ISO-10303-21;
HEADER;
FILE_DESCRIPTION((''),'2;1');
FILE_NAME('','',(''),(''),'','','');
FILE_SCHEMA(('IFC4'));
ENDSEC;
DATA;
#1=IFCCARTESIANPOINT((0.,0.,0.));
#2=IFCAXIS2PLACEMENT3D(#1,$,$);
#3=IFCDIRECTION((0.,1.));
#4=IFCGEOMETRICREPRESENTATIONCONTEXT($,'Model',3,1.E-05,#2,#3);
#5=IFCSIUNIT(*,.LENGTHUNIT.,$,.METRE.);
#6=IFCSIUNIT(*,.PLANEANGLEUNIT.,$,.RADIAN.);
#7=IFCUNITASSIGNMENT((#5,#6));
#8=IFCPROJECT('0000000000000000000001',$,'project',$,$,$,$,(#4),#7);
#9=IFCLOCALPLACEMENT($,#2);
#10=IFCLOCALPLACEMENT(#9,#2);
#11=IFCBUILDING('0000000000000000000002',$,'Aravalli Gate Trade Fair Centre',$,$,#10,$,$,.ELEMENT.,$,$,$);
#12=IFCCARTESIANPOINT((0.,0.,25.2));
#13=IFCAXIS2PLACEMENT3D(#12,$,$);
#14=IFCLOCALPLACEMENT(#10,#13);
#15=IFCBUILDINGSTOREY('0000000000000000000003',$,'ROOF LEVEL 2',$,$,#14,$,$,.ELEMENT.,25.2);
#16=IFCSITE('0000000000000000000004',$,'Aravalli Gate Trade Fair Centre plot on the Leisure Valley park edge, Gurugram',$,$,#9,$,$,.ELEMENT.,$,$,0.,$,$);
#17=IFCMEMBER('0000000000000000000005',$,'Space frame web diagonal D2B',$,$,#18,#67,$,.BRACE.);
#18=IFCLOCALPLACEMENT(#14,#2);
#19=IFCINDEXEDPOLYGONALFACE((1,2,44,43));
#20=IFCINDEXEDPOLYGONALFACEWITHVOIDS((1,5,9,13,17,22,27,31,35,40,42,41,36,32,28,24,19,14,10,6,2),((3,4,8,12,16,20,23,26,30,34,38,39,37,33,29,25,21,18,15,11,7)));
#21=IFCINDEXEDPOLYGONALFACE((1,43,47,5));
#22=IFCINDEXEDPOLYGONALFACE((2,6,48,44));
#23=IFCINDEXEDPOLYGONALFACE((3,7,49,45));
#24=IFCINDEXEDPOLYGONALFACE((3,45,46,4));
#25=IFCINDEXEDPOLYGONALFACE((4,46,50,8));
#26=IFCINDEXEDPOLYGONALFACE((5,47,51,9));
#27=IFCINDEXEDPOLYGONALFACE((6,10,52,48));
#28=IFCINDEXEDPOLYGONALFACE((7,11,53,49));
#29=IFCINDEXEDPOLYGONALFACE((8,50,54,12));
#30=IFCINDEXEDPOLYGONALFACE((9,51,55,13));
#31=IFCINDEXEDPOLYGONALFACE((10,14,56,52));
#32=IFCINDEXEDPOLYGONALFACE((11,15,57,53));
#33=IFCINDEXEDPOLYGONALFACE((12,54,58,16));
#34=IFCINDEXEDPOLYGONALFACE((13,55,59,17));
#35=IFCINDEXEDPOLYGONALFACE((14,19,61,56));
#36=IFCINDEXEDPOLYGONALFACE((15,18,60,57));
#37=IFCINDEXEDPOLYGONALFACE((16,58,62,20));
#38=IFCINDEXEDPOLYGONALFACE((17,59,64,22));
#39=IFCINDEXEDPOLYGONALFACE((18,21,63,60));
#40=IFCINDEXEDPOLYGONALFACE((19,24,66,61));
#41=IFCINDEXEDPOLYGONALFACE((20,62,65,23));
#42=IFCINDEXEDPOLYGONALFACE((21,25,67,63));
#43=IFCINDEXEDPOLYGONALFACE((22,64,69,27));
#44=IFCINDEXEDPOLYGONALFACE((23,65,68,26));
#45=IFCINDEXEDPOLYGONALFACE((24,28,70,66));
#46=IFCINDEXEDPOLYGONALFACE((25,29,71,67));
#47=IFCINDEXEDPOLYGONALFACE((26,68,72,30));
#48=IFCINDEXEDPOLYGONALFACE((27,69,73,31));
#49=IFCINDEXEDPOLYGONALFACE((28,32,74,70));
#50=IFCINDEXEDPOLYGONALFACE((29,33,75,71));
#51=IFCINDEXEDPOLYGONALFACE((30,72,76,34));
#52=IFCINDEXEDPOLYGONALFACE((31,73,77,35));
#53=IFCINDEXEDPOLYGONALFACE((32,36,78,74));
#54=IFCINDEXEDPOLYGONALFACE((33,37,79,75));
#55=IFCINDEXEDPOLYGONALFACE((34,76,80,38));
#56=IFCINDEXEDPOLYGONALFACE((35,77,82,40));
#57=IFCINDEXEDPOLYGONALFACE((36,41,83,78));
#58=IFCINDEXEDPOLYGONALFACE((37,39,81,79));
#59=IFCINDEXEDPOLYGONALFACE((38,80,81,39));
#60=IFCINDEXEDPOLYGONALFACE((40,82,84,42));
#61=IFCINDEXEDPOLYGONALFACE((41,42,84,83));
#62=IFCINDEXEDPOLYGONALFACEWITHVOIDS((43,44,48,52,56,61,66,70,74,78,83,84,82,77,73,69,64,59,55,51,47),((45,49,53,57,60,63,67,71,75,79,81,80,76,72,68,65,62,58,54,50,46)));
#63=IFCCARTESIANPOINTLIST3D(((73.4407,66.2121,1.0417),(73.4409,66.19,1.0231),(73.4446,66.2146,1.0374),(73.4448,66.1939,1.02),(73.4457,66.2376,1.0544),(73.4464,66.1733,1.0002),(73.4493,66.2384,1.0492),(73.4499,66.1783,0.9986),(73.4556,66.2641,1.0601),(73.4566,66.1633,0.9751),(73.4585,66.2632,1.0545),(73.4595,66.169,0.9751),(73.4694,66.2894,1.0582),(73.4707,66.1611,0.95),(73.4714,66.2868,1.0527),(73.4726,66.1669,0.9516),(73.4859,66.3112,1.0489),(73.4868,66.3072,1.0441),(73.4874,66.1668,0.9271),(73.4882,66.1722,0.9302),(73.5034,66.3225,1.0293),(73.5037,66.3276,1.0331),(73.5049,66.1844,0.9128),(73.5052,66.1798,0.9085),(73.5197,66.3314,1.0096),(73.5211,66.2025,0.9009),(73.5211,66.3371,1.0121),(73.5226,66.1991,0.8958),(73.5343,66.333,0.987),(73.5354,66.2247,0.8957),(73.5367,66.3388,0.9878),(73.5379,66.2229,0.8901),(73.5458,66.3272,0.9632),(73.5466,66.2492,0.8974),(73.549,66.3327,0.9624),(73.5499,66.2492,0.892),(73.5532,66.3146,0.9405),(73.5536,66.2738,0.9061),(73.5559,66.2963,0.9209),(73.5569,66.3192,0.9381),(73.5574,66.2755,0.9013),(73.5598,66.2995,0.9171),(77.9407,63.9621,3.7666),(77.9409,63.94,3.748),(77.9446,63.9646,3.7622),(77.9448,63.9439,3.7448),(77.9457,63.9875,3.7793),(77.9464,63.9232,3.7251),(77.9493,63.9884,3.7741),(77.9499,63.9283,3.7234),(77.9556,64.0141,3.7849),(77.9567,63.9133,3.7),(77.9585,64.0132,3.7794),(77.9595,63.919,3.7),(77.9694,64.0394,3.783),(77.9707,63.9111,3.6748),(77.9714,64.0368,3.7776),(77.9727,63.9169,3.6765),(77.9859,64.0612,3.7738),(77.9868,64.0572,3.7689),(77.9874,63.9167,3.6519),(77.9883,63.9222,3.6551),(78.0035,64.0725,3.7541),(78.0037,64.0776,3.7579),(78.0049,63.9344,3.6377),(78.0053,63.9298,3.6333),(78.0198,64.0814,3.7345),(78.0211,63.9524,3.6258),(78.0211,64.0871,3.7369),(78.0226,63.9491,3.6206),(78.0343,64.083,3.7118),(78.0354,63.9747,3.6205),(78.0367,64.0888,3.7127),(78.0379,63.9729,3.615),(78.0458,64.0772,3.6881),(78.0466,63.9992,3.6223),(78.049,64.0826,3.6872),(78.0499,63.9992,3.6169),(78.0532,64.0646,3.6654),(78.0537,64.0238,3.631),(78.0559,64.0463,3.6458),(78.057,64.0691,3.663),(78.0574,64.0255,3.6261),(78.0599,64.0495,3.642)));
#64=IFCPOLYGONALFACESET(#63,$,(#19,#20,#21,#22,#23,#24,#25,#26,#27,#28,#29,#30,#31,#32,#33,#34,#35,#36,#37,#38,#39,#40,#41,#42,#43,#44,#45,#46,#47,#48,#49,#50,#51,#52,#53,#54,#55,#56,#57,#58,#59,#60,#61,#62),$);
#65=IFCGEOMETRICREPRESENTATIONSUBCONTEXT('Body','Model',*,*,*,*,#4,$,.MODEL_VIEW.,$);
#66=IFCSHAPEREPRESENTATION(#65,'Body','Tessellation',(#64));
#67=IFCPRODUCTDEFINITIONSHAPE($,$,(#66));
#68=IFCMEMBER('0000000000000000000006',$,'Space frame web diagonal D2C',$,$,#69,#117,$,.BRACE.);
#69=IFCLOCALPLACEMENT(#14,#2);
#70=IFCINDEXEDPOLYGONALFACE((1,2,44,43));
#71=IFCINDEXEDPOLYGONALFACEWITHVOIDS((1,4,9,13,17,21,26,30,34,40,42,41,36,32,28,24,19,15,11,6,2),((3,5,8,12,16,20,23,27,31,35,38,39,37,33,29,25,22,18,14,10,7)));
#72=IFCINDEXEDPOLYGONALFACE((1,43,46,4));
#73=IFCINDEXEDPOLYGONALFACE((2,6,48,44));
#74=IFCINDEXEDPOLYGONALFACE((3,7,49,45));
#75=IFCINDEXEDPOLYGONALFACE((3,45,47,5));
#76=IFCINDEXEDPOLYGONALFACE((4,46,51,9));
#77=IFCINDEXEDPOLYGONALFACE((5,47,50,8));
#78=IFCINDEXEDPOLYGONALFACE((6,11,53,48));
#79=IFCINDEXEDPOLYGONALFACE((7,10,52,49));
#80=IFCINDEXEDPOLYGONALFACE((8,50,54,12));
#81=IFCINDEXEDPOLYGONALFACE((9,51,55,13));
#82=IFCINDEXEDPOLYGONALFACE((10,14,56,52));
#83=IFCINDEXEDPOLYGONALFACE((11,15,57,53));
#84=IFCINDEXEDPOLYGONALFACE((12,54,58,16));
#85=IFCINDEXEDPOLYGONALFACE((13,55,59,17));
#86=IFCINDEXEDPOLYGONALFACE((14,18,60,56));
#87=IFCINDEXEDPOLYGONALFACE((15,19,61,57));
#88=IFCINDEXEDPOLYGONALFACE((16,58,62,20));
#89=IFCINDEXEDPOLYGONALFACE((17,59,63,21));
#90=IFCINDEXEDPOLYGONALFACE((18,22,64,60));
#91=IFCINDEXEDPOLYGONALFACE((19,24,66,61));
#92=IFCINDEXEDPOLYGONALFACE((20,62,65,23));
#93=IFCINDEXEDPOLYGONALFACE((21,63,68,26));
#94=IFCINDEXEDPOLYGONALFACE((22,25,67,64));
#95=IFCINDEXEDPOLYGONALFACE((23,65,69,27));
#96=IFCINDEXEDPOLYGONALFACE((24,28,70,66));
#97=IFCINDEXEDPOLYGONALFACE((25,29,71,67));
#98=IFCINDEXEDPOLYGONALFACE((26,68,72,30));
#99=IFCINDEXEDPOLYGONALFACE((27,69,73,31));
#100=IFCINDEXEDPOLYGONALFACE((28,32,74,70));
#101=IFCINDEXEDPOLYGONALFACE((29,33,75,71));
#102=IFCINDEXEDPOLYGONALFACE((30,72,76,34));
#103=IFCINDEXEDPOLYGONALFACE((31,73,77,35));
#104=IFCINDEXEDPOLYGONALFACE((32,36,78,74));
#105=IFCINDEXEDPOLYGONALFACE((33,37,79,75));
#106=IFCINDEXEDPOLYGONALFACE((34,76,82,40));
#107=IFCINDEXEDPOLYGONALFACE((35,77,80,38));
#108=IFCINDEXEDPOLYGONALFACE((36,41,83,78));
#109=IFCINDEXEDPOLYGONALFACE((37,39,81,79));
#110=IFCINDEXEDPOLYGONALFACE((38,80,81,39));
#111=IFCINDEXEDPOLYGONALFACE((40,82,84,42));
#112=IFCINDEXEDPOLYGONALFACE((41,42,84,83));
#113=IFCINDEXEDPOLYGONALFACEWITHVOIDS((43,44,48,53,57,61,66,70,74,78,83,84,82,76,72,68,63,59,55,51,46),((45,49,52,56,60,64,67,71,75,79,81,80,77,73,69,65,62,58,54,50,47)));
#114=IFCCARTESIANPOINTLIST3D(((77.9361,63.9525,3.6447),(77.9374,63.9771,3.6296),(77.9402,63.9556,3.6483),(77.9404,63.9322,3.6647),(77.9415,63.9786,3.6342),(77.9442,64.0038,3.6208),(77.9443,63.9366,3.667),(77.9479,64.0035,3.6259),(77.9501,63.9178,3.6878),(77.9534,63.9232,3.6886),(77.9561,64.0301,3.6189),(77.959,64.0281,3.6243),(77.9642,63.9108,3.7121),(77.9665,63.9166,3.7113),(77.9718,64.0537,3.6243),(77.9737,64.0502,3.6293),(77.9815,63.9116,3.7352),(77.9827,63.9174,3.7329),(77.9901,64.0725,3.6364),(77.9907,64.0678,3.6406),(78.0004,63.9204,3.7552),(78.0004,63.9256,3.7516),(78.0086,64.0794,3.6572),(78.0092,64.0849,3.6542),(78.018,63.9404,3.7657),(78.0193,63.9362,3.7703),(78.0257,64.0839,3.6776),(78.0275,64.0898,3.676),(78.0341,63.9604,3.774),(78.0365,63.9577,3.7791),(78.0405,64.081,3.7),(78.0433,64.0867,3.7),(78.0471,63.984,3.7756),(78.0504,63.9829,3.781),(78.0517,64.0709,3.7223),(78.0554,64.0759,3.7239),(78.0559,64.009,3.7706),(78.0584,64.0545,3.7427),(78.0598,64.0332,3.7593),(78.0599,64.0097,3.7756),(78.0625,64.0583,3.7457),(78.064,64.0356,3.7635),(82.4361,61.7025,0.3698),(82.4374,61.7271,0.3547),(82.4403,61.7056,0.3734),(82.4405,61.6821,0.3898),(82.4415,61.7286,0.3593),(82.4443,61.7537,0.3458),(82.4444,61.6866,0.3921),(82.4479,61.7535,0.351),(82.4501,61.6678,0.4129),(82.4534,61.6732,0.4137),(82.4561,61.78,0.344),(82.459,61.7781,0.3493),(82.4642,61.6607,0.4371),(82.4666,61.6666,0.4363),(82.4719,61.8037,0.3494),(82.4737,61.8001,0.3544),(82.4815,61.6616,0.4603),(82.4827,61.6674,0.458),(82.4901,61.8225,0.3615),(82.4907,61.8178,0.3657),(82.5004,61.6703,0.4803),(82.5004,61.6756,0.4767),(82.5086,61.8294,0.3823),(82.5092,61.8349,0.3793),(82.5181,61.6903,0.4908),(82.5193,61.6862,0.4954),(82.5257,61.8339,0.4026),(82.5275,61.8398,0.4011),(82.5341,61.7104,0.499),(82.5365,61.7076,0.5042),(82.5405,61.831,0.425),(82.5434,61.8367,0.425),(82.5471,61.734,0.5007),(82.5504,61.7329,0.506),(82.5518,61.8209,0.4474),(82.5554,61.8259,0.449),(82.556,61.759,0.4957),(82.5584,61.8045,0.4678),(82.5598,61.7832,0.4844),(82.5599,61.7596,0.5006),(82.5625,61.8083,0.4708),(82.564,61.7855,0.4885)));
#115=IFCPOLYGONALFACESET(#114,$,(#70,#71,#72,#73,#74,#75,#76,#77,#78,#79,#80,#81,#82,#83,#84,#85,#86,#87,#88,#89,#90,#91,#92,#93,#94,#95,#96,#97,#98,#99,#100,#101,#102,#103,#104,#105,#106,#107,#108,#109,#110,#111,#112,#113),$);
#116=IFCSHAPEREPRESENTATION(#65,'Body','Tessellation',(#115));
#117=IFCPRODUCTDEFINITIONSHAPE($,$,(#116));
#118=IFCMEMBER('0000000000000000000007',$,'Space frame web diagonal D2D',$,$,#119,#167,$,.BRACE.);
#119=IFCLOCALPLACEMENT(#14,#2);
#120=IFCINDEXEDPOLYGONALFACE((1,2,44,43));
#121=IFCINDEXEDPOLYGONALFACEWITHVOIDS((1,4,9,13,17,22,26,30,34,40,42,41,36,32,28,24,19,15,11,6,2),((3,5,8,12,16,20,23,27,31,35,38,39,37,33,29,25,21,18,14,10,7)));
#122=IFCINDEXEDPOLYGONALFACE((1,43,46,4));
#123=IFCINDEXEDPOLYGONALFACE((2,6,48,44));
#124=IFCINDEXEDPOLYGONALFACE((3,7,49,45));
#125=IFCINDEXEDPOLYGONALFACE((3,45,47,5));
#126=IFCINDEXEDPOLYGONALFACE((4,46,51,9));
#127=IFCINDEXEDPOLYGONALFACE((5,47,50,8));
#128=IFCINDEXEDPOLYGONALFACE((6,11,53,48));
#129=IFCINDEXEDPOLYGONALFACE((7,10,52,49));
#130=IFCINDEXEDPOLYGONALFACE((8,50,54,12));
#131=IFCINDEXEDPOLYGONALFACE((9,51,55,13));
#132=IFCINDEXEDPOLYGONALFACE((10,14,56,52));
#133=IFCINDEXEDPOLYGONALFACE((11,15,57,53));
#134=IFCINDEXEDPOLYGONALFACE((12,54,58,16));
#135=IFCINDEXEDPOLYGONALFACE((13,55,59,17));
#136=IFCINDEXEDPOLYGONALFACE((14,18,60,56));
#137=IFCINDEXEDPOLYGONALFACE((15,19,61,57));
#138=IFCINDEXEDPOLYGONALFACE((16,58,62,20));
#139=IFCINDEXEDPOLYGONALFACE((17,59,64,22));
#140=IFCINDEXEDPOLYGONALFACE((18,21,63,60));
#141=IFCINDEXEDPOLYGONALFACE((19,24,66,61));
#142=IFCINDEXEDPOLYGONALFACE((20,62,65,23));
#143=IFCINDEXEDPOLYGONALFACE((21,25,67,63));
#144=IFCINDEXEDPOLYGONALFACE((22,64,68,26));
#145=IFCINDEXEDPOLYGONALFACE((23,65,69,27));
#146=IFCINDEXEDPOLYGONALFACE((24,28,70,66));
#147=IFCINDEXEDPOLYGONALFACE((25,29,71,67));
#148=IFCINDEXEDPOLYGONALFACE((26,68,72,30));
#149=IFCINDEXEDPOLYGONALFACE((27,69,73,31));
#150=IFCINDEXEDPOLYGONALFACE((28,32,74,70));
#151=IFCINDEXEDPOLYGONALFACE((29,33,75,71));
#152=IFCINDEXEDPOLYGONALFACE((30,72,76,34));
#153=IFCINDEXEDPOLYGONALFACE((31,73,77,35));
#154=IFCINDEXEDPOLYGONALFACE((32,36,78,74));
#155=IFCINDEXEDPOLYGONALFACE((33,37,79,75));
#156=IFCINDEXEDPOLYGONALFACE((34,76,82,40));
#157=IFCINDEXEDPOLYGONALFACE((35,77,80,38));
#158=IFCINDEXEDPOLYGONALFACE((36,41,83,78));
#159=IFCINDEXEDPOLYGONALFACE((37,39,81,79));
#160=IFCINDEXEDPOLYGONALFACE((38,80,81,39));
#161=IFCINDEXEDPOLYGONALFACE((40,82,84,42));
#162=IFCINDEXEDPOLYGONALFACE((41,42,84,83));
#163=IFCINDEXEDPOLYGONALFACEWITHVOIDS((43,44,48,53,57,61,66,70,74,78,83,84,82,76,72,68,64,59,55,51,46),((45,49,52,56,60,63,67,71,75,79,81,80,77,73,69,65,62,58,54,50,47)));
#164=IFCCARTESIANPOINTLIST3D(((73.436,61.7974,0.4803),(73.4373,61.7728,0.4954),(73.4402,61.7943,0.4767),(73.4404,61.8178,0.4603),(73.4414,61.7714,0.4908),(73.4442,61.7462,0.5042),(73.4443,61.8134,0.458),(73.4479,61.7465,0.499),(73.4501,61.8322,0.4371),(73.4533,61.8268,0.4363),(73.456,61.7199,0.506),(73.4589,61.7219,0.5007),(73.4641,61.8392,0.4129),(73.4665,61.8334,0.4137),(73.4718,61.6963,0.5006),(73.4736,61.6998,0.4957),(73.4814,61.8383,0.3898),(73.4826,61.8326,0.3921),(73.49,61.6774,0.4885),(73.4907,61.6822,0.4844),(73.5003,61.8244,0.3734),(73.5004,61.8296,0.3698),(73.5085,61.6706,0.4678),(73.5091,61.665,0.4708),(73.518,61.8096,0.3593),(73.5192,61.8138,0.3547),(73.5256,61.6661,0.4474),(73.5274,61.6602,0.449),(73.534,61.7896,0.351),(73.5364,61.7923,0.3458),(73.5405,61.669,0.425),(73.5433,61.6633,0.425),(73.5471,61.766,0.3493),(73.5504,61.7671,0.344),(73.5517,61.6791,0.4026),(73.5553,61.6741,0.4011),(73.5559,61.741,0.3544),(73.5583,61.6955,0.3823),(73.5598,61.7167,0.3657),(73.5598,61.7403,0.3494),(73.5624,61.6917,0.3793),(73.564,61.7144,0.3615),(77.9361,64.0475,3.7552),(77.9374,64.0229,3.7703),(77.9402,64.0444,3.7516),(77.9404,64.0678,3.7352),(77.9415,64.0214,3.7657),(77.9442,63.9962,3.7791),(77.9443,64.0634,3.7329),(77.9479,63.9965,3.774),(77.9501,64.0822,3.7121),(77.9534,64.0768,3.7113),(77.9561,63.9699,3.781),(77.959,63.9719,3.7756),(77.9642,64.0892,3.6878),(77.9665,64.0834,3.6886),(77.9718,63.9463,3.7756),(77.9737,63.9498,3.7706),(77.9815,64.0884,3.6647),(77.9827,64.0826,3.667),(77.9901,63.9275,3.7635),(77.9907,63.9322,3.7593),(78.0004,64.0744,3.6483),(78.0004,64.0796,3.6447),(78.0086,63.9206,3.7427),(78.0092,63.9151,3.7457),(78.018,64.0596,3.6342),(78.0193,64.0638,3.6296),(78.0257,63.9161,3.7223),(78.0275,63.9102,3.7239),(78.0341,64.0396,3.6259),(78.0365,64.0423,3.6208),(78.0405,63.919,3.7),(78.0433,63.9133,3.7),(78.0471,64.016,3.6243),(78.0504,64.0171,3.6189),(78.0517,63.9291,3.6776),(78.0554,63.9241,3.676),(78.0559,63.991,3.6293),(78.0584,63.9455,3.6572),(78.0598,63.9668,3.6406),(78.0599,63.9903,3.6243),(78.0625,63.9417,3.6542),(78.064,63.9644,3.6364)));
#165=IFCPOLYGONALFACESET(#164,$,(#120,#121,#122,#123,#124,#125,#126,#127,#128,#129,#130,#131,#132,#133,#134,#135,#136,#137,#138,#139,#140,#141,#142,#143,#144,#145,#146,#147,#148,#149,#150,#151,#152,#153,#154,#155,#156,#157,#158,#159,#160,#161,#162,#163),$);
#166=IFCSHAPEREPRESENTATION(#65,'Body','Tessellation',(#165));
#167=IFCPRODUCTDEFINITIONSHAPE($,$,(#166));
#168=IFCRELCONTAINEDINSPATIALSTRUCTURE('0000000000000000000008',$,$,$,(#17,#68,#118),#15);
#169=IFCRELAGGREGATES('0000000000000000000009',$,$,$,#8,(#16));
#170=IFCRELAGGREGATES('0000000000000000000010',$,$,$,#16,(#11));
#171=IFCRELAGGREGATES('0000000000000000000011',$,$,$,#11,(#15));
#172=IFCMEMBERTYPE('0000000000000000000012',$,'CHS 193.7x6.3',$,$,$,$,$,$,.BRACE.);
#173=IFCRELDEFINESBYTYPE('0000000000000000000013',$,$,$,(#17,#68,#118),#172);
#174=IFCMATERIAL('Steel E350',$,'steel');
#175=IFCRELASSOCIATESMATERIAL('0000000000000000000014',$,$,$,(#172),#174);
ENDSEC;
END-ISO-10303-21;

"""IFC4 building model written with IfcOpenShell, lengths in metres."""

from ifc_helpers import new_model, si_unit, direction, frame, origin, origin_2d, place, context, subcontext, project, spatial, hollow_circle, extrude, material, material_profile, profile_set, type_object, element, save


model = new_model("IFC4")

# Units and contexts
model_context = context("Model", 3, precision=1e-05, world=origin(), true_north=direction((0.0, 1.0)))
body_context = subcontext(model_context, "Body", "Model", "MODEL_VIEW")
ifc_project = project(units=[si_unit("LENGTHUNIT", "METRE"), si_unit("PLANEANGLEUNIT", "RADIAN")], contexts=[model_context])

# Site, building, storey
site_placement = place(None, origin())
site = spatial("IfcSite", under=ifc_project, at=site_placement, Name="Aravalli Gate Trade Fair Centre plot on the Leisure Valley park edge, Gurugram", CompositionType="ELEMENT", RefElevation=0.0)
building_placement = place(site_placement, origin())
building = spatial("IfcBuilding", under=site, at=building_placement, Name="Aravalli Gate Trade Fair Centre", CompositionType="ELEMENT")
storey_placement = place(building_placement, frame((0.0, 0.0, 25.2)))
storey = spatial("IfcBuildingStorey", under=building, at=storey_placement, Name="ROOF LEVEL 2", CompositionType="ELEMENT", Elevation=25.2)

# Members
ifc_material_1 = material(Name="Steel E350", Category="steel")
ifc_material_profile_1 = material_profile(ifc_material_1, hollow_circle(Radius=0.0969, WallThickness=0.0063, at=origin_2d()), Name="CHS 193.7x6.3")
ifc_profile_set_1 = profile_set([ifc_material_profile_1], Name="Steel E350")
member_type_1 = type_object("IfcMemberType", Name="CHS 193.7x6.3", PredefinedType="BRACE", material=ifc_profile_set_1)
for number, where, z_axis, x_axis, name in (
    (1, (78.0, 64.0, 3.7), (-0.786486, 0.393243, -0.476235), (-0.447214, -0.894427, 0.0), "Space frame web diagonal D2B"),
):
    element("IfcMember", number, at=place(storey_placement, frame(where, z_axis=z_axis, x_axis=x_axis)), inside=storey, type_object=member_type_1, Name=name, PredefinedType="BRACE", context=body_context, shape_type="SweptSolid", body=[
        extrude(hollow_circle(Radius=0.0969, WallThickness=0.0063, at=origin_2d()), origin(), (0.0, 0.0, 1.0), 5.7217),
    ])
for number, where, z_axis, x_axis, name in (
    (2, (78.0, 64.0, 3.7), (0.74961, -0.374805, -0.545533), (0.447214, 0.894427, 0.0), "Space frame web diagonal D2C"),
    (3, (78.0, 64.0, 3.7), (-0.74961, -0.374805, -0.545533), (0.447214, -0.894427, 0.0), "Space frame web diagonal D2D"),
):
    element("IfcMember", number, at=place(storey_placement, frame(where, z_axis=z_axis, x_axis=x_axis)), inside=storey, type_object=member_type_1, Name=name, PredefinedType="BRACE", context=body_context, shape_type="SweptSolid", body=[
        extrude(hollow_circle(Radius=0.0969, WallThickness=0.0063, at=origin_2d()), origin(), (0.0, 0.0, 1.0), 6.0032),
    ])

save(model, "model.ifc")
